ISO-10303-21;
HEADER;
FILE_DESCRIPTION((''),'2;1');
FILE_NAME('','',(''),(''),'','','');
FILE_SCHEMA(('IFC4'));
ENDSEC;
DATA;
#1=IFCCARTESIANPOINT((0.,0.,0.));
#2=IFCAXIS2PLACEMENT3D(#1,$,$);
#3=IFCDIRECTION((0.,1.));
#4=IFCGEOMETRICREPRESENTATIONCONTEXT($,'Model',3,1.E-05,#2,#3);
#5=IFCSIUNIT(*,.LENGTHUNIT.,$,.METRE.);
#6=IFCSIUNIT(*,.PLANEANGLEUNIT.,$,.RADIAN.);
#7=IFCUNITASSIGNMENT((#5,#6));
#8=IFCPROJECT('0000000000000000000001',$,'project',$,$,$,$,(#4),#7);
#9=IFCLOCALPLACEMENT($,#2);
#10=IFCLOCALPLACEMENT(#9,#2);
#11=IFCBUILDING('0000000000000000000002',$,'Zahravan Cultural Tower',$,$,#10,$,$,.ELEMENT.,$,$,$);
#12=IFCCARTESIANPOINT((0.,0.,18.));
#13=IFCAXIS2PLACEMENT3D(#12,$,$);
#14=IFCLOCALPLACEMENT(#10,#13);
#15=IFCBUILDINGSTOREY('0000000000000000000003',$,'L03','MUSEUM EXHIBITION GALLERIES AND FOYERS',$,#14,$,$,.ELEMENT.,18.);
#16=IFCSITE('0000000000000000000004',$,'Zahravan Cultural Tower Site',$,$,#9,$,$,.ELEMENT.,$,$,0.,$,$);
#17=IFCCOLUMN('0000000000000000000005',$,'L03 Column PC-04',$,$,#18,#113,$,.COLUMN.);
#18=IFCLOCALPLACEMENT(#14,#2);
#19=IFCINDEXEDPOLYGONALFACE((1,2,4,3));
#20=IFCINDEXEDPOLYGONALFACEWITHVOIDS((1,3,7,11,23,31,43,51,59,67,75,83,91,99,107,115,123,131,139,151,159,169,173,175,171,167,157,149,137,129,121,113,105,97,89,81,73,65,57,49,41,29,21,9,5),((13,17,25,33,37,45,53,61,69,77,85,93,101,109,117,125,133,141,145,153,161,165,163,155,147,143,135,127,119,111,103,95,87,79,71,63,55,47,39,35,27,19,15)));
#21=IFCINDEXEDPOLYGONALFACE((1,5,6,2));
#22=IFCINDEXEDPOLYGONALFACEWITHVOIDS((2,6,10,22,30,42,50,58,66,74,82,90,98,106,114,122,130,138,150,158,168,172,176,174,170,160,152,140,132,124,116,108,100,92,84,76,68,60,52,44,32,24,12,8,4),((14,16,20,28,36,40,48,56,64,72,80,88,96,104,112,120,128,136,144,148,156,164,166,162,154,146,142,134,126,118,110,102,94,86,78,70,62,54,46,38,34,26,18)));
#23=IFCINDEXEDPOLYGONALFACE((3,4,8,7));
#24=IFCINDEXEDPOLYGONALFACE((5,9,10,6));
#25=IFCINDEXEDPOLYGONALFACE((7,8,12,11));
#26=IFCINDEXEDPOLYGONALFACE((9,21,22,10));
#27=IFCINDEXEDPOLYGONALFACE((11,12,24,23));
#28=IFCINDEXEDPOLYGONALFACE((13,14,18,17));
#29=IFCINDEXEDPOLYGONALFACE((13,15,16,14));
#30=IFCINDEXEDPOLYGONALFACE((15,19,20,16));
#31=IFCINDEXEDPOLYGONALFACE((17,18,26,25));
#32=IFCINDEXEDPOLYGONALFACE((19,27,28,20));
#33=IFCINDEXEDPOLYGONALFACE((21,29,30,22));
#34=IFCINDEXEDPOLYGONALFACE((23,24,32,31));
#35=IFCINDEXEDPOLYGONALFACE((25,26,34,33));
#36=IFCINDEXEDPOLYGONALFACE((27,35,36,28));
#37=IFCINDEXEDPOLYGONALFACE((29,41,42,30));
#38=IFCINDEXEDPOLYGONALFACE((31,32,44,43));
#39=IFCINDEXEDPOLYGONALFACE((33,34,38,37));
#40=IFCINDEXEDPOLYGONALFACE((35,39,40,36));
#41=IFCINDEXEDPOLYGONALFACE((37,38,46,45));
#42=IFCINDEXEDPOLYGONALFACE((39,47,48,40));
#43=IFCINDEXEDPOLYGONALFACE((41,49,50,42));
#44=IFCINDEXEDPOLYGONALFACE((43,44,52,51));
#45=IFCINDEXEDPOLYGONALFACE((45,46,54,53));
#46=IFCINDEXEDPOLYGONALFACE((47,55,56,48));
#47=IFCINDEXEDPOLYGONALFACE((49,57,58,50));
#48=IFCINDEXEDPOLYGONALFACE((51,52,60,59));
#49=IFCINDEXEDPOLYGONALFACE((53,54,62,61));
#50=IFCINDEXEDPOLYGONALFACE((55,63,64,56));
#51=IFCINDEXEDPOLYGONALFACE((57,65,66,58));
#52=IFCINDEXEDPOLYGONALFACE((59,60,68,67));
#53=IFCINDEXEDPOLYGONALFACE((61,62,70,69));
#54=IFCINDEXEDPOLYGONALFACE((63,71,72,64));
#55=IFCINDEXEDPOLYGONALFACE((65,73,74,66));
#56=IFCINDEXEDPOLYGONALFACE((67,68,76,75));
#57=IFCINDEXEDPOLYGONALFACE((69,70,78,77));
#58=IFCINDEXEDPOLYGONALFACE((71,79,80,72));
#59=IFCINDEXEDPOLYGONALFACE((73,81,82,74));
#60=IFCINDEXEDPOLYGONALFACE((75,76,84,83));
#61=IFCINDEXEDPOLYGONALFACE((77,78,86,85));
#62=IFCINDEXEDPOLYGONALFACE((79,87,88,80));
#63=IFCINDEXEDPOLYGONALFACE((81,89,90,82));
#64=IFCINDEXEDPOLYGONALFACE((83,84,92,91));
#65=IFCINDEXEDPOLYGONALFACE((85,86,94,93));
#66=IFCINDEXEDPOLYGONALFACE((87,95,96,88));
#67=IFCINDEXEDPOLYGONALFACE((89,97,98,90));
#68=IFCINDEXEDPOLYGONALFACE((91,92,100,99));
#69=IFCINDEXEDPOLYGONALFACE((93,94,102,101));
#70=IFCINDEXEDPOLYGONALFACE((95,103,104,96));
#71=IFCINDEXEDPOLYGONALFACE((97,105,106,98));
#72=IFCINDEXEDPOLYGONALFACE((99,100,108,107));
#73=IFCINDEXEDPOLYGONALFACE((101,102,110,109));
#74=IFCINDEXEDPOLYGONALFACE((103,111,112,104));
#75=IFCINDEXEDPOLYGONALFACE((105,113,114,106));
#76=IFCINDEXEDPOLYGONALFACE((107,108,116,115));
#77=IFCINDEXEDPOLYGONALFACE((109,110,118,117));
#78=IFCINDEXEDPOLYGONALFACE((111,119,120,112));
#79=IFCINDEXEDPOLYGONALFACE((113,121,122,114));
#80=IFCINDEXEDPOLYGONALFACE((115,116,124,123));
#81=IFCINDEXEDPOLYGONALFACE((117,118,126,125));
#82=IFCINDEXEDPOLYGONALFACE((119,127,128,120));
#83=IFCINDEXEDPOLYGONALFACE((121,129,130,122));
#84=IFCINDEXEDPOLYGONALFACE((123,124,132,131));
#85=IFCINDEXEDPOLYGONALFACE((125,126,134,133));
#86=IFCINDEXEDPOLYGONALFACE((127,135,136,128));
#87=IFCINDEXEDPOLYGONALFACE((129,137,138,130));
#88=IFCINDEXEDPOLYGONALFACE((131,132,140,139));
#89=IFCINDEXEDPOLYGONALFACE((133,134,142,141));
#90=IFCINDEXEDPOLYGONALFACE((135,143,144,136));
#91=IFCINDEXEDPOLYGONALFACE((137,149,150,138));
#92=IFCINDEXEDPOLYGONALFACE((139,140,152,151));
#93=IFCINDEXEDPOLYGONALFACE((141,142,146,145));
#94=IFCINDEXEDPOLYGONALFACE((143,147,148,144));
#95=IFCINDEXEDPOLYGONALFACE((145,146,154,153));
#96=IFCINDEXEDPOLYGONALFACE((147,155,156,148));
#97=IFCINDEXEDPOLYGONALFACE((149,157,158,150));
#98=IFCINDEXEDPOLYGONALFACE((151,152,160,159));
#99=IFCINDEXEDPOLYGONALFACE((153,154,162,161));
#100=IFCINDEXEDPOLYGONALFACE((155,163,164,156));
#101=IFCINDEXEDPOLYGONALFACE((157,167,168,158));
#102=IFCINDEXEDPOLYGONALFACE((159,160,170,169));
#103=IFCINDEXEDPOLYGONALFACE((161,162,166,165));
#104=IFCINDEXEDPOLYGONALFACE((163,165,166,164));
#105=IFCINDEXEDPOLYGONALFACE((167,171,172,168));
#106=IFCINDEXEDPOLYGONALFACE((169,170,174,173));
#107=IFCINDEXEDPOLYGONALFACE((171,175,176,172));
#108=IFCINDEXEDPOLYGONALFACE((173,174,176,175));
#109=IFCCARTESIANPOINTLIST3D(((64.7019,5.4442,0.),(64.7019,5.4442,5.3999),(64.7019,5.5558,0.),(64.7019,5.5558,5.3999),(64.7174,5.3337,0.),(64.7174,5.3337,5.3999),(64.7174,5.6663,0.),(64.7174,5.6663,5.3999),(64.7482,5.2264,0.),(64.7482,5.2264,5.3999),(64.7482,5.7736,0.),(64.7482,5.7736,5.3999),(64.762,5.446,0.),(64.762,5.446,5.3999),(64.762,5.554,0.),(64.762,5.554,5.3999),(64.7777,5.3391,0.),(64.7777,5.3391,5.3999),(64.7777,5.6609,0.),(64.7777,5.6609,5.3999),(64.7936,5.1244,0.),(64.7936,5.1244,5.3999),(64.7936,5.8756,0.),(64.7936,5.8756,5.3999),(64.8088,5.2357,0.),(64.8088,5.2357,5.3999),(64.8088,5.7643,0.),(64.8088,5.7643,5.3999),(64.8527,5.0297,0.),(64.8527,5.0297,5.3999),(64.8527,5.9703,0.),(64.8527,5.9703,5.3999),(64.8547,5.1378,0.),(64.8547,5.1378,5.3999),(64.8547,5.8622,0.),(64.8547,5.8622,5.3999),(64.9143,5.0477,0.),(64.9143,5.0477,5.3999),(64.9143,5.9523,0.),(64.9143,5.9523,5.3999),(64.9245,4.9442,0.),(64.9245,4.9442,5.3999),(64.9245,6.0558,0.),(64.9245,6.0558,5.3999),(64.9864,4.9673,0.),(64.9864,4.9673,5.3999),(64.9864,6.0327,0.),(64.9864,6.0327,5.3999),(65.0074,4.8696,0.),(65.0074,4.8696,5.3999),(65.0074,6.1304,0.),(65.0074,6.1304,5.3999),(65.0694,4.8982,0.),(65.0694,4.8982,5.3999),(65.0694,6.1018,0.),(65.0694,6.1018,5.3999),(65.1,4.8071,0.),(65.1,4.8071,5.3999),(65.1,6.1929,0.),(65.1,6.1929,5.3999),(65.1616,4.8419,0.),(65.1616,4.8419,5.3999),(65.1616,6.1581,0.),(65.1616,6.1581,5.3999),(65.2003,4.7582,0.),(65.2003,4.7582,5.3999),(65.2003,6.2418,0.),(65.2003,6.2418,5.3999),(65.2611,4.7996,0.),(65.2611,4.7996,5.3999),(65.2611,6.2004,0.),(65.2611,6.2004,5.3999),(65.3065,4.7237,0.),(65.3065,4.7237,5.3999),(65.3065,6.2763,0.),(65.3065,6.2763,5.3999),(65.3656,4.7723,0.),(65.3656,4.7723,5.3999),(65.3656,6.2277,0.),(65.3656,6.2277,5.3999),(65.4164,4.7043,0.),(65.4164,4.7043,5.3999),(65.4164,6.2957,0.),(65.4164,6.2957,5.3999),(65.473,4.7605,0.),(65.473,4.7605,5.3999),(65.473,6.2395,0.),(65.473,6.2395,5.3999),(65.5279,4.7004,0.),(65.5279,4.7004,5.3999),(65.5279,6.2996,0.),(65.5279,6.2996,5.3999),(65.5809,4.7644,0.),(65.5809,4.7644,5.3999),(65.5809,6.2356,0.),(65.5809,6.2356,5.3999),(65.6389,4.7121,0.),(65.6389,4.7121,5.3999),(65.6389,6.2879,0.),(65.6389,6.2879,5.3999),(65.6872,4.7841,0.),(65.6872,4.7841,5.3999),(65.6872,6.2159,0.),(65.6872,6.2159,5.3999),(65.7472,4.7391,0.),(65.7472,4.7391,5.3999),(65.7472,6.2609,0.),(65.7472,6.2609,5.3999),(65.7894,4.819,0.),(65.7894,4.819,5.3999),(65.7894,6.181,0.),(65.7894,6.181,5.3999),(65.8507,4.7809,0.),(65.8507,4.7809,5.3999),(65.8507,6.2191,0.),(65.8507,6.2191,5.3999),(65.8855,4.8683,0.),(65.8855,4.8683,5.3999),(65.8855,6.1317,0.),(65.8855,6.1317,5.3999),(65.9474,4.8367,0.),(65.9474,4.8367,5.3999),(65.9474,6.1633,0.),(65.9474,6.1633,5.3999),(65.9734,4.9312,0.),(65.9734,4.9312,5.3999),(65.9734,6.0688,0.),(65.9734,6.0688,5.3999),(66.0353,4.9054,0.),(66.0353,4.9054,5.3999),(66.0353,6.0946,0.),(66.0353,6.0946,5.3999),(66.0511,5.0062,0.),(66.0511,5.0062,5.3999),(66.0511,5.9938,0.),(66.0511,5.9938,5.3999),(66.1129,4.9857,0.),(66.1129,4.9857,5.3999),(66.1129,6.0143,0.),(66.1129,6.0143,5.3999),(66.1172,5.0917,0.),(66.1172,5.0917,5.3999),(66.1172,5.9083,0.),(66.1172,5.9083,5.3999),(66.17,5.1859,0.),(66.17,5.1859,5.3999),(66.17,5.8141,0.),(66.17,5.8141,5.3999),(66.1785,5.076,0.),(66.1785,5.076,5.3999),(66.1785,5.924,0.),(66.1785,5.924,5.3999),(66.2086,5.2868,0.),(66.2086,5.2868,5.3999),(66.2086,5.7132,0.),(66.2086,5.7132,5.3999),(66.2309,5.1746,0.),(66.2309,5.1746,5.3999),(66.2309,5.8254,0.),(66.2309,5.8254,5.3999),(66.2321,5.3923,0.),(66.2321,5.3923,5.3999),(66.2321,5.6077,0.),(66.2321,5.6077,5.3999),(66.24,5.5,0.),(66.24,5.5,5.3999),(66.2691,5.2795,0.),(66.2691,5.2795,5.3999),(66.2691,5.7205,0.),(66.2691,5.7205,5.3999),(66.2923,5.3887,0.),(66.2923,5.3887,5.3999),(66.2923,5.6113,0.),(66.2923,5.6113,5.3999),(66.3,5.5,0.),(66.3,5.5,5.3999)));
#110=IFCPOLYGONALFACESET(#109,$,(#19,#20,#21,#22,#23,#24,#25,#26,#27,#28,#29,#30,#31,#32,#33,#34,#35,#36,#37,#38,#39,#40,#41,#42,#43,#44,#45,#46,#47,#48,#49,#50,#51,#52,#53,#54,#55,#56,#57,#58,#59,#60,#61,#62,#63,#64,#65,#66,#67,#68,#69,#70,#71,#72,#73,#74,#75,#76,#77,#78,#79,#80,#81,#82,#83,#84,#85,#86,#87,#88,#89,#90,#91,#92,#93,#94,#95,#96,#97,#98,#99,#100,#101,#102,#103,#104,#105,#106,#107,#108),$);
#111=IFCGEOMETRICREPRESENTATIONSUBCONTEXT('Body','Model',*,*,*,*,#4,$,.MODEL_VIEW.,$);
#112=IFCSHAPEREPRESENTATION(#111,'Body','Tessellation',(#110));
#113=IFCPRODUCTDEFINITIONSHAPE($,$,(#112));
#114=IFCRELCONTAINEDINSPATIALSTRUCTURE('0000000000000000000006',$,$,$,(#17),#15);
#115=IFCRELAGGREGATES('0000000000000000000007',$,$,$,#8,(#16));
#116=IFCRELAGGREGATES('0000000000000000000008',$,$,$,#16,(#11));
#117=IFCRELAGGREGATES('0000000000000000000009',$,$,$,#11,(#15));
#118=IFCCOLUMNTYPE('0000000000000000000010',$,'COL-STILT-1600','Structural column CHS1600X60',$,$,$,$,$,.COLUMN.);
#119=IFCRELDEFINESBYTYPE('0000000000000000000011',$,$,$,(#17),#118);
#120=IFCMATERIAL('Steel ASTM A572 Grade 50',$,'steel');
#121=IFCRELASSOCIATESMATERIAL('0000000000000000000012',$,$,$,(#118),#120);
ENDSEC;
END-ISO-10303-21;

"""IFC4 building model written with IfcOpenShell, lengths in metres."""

from ifc_helpers import new_model, si_unit, direction, frame, origin, origin_2d, place, context, subcontext, project, spatial, hollow_circle, extrude, source, transform, mapped, material, material_profile, profile_set, type_object, element, save


model = new_model("IFC4")

# Units and contexts
model_context = context("Model", 3, precision=1e-05, world=origin(), true_north=direction((0.0, 1.0)))
body_context = subcontext(model_context, "Body", "Model", "MODEL_VIEW")
ifc_project = project(units=[si_unit("LENGTHUNIT", "METRE"), si_unit("PLANEANGLEUNIT", "RADIAN")], contexts=[model_context])

# Site, building, storey
site_placement = place(None, origin())
site = spatial("IfcSite", under=ifc_project, at=site_placement, Name="Zahravan Cultural Tower Site", CompositionType="ELEMENT", RefElevation=0.0)
building_placement = place(site_placement, origin())
building = spatial("IfcBuilding", under=site, at=building_placement, Name="Zahravan Cultural Tower", CompositionType="ELEMENT")
storey_placement = place(building_placement, frame((0.0, 0.0, 18.0)))
storey = spatial("IfcBuildingStorey", under=building, at=storey_placement, Name="L03", Description="MUSEUM EXHIBITION GALLERIES AND FOYERS", CompositionType="ELEMENT", Elevation=18.0)

# Column
ifc_material_1 = material(Name="Steel ASTM A572 Grade 50", Category="steel")
ifc_material_profile_1 = material_profile(ifc_material_1, hollow_circle(Radius=0.8, WallThickness=0.0601, at=origin_2d()), Name="CHS1600X60")
ifc_profile_set_1 = profile_set([ifc_material_profile_1], Name="Steel ASTM A572 Grade 50")
column_type = type_object("IfcColumnType", Name="COL-STILT-1600", Description="Structural column CHS1600X60", PredefinedType="COLUMN", material=ifc_profile_set_1)
shared_shape_1 = source(origin(), body_context, "Body", "SweptSolid", [
    extrude(hollow_circle(Radius=0.8, WallThickness=0.0601, at=origin_2d()), origin(), (0.0, 0.0, 1.0), 5.3999),
])
for number, where, z_axis, x_axis, name in (
    (1, (65.5, 5.5, 0.0), (0.0, 0.0, 1.0), (1.0, 0.0, 0.0), "L03 Column PC-04"),
):
    element("IfcColumn", number, at=place(storey_placement, frame(where, z_axis=z_axis, x_axis=x_axis)), inside=storey, type_object=column_type, Name=name, PredefinedType="COLUMN", context=body_context, shape_type="MappedRepresentation", body=[
        mapped(shared_shape_1, transform((0.0, 0.0, 0.0), x_axis=(1.0, 0.0, 0.0), y_axis=(0.0, 1.0, 0.0), z_axis=(0.0, 0.0, 1.0), scale=1.0)),
    ])

save(model, "model.ifc")
